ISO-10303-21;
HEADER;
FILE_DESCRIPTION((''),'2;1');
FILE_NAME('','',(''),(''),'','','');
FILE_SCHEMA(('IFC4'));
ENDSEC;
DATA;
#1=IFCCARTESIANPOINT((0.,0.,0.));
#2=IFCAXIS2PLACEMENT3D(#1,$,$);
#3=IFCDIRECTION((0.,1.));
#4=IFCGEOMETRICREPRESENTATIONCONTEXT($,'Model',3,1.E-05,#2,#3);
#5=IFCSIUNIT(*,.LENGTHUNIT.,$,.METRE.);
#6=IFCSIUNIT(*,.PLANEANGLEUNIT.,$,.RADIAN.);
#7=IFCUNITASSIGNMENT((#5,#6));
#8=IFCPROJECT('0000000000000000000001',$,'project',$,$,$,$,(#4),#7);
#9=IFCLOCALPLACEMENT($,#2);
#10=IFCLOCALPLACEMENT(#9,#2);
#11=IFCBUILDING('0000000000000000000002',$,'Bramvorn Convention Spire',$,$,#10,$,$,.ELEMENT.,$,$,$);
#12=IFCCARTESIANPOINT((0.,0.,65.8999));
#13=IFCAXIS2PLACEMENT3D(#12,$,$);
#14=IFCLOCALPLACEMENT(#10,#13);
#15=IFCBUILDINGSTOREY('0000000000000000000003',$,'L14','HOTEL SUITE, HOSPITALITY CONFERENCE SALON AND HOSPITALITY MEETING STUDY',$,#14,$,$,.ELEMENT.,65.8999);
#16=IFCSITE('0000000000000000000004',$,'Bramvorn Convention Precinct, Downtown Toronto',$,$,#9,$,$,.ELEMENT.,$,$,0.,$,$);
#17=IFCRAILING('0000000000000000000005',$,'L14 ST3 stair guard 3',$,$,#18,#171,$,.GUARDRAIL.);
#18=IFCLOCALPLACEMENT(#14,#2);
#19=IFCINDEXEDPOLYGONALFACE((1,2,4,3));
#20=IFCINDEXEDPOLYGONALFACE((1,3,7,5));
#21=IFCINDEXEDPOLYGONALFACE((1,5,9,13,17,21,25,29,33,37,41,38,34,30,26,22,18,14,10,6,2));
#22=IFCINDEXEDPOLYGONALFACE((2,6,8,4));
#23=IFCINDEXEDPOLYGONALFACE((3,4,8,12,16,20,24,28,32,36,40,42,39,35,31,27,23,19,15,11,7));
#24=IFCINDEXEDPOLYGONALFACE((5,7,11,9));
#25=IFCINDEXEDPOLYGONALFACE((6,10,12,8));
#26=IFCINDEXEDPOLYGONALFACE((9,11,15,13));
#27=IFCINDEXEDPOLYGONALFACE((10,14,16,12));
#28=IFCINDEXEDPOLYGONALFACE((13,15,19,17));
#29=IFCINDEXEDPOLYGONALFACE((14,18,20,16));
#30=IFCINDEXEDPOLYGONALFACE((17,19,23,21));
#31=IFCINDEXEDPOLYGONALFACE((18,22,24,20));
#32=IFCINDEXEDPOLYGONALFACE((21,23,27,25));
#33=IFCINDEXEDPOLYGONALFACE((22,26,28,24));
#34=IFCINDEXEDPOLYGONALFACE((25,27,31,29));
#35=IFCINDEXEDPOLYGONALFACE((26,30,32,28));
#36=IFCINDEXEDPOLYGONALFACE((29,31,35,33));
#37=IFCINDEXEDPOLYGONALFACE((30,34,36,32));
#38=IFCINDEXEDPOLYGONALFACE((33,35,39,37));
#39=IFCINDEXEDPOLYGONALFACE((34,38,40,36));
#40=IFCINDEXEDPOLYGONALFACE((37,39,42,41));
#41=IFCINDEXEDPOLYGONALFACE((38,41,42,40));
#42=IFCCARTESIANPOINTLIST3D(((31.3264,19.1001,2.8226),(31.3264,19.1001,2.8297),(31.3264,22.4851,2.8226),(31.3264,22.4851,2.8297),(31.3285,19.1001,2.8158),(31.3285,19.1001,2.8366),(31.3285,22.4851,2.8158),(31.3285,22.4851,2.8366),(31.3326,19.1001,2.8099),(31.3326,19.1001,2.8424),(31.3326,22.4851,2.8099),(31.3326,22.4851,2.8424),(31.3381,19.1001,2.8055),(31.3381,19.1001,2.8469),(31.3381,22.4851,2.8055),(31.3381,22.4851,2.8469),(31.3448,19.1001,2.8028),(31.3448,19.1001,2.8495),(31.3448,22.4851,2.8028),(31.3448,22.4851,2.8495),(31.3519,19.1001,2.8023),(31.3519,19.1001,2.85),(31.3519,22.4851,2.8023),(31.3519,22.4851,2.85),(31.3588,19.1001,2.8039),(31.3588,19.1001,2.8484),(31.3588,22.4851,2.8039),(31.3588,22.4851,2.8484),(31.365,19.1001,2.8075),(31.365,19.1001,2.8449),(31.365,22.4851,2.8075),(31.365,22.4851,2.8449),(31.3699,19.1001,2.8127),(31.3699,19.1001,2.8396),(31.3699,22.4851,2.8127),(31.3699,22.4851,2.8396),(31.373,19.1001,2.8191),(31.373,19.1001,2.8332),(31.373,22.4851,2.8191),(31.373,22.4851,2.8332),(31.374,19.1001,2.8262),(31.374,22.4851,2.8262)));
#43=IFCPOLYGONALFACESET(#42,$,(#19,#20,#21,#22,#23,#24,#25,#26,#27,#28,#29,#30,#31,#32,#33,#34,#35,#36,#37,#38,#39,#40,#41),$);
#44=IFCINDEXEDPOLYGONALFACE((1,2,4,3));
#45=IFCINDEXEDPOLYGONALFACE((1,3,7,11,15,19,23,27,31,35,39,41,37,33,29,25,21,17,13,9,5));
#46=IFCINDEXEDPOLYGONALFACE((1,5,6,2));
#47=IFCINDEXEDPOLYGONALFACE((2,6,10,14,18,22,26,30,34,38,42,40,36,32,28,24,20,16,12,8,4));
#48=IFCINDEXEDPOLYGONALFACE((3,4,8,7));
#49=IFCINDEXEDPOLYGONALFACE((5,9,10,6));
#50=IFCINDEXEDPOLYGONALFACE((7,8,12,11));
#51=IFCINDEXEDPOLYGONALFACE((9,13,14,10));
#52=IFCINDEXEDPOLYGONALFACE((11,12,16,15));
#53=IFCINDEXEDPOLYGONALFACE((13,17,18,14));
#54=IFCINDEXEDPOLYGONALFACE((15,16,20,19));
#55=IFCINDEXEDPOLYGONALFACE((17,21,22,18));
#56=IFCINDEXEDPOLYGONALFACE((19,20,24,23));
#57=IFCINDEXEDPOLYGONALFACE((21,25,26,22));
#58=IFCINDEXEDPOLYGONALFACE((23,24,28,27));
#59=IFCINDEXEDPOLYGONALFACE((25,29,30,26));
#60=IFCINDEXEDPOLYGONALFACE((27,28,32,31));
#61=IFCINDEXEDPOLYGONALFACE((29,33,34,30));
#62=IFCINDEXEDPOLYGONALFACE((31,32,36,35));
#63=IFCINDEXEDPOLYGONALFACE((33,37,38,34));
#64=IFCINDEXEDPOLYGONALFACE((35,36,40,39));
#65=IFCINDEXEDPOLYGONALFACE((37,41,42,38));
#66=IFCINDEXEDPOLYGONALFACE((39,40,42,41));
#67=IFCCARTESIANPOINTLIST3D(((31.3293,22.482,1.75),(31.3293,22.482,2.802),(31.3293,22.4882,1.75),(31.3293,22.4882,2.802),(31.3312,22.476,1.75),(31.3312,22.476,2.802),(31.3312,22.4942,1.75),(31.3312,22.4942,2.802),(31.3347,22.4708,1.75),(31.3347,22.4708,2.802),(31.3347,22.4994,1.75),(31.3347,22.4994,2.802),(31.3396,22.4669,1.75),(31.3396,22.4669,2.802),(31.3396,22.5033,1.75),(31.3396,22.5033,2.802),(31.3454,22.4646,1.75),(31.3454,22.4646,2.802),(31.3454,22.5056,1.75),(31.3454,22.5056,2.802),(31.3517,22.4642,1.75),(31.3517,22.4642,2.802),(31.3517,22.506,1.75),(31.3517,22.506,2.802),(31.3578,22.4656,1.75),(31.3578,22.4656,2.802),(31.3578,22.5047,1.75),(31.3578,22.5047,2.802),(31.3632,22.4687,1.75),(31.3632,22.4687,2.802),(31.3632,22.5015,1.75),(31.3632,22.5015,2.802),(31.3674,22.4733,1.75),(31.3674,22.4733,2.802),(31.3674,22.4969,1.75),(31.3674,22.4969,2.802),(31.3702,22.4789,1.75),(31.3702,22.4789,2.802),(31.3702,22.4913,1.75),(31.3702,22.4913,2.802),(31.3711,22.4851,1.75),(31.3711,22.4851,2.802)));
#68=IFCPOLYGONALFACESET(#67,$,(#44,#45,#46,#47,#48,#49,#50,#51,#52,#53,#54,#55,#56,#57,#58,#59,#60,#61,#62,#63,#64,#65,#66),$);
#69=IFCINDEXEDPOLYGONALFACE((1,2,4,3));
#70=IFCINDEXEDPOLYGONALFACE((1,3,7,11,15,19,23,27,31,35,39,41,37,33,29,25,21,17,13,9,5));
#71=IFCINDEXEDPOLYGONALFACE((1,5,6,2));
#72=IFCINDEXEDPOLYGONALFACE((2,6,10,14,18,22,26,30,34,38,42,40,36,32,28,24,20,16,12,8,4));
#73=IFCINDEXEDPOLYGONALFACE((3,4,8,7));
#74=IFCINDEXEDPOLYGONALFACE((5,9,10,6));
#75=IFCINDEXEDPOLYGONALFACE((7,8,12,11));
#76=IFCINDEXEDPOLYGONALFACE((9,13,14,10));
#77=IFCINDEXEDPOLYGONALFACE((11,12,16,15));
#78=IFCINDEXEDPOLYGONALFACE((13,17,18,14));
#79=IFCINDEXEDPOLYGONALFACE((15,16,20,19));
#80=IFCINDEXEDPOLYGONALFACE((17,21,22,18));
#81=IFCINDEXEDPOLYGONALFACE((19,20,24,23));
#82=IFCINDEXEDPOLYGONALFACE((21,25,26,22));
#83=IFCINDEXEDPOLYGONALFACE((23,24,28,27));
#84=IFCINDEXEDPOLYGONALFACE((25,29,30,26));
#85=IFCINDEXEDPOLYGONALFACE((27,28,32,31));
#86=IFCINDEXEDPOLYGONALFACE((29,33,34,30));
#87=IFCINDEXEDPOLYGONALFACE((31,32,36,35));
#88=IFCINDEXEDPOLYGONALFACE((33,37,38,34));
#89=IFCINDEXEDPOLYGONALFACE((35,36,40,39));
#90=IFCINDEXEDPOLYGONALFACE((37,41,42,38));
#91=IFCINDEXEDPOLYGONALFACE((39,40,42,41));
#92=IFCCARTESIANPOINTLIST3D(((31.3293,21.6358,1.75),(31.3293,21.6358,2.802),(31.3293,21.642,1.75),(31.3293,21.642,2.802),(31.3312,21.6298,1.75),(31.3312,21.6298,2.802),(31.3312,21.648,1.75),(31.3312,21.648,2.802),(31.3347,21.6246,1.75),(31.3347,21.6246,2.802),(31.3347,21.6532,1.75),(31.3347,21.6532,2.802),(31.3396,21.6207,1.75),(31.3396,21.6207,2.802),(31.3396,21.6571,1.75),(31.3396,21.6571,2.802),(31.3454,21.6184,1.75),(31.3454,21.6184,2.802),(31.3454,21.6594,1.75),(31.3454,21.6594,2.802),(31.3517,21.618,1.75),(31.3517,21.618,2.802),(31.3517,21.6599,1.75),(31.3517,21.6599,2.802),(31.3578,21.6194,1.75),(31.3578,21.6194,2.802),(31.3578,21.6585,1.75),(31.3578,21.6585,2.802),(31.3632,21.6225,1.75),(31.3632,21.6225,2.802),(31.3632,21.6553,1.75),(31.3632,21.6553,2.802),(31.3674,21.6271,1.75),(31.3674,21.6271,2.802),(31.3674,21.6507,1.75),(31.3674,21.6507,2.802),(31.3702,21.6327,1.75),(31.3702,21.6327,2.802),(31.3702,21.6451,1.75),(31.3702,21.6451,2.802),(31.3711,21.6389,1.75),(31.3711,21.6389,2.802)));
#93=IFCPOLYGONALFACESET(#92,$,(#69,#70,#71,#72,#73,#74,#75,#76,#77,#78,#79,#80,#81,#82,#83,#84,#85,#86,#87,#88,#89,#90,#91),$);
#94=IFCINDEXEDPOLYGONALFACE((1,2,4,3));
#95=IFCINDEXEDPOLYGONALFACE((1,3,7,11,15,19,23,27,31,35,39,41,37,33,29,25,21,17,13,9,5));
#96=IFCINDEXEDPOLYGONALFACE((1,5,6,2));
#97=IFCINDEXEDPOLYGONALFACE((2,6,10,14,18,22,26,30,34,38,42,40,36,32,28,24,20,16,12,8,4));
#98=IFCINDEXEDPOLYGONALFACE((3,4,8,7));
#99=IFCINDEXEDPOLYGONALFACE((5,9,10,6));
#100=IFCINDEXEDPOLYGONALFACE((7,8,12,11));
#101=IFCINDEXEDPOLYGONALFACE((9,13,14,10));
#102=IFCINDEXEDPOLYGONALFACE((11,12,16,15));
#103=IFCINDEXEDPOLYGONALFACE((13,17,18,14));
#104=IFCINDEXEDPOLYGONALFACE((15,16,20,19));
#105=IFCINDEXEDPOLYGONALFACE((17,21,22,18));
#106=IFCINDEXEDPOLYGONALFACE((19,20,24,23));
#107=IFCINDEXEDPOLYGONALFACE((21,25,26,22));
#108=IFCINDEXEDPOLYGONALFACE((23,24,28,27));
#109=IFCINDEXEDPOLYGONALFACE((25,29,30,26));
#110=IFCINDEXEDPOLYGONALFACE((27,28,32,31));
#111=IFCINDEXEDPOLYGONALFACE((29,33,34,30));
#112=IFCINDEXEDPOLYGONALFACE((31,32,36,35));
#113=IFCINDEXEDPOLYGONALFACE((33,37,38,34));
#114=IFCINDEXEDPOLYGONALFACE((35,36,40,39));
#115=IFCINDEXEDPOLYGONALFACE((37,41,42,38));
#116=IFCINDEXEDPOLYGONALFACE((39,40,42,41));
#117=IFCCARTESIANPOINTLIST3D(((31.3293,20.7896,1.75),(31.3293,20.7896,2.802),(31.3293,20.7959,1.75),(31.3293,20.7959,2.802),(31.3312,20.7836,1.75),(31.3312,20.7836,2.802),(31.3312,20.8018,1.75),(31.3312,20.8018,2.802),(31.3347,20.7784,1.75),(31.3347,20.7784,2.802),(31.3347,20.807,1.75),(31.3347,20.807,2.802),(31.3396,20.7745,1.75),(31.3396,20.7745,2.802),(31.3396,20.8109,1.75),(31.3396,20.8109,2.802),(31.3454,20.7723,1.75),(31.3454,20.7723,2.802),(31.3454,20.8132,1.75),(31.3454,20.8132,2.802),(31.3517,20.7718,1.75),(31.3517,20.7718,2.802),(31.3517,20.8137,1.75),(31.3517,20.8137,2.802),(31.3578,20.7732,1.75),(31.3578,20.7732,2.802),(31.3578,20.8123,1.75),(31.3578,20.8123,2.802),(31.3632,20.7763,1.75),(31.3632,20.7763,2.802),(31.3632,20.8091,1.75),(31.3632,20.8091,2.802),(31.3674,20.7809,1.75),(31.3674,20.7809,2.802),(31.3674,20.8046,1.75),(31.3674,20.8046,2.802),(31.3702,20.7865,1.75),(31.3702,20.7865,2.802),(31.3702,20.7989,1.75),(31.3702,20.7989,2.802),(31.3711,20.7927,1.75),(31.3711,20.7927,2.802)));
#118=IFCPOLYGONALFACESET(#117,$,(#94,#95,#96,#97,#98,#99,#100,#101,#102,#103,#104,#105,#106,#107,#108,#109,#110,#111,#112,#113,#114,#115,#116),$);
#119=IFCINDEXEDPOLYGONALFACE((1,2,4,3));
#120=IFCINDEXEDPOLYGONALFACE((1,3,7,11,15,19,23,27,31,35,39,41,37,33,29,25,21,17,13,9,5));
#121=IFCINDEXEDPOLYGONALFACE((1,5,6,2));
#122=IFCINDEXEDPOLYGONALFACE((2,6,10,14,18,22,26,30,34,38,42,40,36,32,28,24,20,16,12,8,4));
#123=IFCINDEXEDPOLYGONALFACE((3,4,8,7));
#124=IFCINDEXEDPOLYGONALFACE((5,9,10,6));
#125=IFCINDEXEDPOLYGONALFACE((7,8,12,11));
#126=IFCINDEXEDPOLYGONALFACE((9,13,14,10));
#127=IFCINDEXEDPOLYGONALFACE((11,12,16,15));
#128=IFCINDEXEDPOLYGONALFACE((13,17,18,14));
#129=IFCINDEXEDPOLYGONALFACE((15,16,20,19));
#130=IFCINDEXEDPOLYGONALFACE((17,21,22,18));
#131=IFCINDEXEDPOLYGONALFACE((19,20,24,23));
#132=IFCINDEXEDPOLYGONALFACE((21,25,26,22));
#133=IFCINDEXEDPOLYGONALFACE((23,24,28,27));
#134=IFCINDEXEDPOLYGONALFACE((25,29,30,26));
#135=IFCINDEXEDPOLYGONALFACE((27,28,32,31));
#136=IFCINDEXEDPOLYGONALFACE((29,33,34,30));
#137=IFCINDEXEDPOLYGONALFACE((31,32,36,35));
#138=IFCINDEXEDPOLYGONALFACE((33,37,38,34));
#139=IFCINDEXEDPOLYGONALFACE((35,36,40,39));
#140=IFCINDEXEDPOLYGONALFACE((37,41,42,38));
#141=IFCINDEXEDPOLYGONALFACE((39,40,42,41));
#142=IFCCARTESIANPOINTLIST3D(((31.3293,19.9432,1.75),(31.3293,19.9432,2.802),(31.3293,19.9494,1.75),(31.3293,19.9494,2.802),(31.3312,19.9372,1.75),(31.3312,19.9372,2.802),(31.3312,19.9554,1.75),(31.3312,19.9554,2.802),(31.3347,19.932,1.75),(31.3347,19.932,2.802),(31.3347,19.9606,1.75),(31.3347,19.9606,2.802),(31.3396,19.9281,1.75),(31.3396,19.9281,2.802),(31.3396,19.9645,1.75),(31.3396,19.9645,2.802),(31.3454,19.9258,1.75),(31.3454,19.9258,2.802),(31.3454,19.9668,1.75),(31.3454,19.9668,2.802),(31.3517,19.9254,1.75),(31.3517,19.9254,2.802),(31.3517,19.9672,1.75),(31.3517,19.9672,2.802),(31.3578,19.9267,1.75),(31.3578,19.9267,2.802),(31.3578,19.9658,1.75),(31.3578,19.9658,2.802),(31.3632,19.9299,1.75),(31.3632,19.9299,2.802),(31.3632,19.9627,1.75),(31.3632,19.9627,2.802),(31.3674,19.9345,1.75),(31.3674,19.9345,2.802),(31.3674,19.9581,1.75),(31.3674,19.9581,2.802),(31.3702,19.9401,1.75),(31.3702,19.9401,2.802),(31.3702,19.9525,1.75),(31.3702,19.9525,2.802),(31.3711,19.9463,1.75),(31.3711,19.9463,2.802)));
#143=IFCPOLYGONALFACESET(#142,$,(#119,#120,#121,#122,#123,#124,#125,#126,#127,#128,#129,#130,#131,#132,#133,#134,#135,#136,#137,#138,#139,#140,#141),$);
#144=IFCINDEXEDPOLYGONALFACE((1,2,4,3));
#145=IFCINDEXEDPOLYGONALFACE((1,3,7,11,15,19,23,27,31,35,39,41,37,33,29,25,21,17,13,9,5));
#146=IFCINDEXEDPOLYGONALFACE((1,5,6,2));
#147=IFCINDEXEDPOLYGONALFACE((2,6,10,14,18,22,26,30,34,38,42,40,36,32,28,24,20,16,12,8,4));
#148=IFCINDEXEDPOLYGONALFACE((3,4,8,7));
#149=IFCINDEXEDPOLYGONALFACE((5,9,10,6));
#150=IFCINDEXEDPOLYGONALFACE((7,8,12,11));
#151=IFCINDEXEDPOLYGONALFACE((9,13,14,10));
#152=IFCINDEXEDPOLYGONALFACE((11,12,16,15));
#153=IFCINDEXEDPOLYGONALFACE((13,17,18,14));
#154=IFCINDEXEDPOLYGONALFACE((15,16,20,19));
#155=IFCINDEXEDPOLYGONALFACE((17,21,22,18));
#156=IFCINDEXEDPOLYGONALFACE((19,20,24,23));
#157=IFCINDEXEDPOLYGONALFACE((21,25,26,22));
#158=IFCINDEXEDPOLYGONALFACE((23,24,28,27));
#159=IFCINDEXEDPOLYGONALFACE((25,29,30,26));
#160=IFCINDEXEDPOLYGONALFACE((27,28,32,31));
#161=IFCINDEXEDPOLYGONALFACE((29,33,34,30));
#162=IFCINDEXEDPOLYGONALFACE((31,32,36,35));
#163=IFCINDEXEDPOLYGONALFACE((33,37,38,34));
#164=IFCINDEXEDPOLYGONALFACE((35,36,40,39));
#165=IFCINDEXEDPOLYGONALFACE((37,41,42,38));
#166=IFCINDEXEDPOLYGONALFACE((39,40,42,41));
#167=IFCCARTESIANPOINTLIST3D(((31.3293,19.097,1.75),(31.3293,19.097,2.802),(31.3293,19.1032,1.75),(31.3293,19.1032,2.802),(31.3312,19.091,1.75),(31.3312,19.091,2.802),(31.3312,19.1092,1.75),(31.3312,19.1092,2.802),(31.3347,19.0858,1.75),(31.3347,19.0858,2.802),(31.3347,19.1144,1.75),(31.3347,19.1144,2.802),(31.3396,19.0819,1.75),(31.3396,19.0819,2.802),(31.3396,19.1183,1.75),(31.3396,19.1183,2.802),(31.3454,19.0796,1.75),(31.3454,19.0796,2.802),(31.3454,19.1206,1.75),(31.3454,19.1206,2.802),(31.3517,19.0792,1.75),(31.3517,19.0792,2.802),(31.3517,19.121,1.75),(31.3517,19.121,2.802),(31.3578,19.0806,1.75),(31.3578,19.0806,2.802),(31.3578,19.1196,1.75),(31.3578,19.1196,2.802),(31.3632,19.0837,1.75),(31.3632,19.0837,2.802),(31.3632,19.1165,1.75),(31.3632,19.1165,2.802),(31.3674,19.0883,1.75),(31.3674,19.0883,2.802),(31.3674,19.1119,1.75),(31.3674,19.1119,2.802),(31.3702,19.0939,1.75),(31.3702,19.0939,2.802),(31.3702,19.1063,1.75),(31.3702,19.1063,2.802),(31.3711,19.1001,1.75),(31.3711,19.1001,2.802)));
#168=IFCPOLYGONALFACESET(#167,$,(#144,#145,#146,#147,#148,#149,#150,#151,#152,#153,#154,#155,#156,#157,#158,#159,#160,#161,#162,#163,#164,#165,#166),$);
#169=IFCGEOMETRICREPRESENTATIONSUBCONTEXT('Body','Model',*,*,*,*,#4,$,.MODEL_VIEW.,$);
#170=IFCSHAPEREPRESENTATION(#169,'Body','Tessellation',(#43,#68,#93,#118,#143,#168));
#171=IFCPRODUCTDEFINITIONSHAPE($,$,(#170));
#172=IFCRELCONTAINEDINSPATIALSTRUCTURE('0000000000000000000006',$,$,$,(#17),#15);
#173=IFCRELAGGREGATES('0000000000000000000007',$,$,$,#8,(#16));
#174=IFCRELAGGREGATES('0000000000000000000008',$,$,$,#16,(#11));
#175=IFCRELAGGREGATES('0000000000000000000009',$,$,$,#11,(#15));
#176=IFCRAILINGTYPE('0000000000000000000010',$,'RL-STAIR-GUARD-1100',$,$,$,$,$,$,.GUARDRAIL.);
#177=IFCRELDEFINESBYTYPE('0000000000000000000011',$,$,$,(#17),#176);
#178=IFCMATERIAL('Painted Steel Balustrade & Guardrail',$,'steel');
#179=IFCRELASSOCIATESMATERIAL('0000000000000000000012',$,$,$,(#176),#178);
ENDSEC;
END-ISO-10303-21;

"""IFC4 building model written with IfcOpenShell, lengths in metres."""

from ifc_helpers import new_model, si_unit, direction, frame, origin, origin_2d, place, context, subcontext, project, spatial, circle, extrude, material, type_object, element, save


model = new_model("IFC4")

# Units and contexts
model_context = context("Model", 3, precision=1e-05, world=origin(), true_north=direction((0.0, 1.0)))
body_context = subcontext(model_context, "Body", "Model", "MODEL_VIEW")
ifc_project = project(units=[si_unit("LENGTHUNIT", "METRE"), si_unit("PLANEANGLEUNIT", "RADIAN")], contexts=[model_context])

# Site, building, storey
site_placement = place(None, origin())
site = spatial("IfcSite", under=ifc_project, at=site_placement, Name="Bramvorn Convention Precinct, Downtown Toronto", CompositionType="ELEMENT", RefElevation=0.0)
building_placement = place(site_placement, origin())
building = spatial("IfcBuilding", under=site, at=building_placement, Name="Bramvorn Convention Spire", CompositionType="ELEMENT")
storey_placement = place(building_placement, frame((0.0, 0.0, 65.8999)))
storey = spatial("IfcBuildingStorey", under=building, at=storey_placement, Name="L14", Description="HOTEL SUITE, HOSPITALITY CONFERENCE SALON AND HOSPITALITY MEETING STUDY", CompositionType="ELEMENT", Elevation=65.8999)

# Railing
ifc_material_1 = material(Name="Painted Steel Balustrade & Guardrail", Category="steel")
railing_type_1 = type_object("IfcRailingType", Name="RL-STAIR-GUARD-1100", PredefinedType="GUARDRAIL", material=ifc_material_1)
railing_1_placement = place(storey_placement, frame((31.3501, 22.4851, 1.75)))
element("IfcRailing", 1, at=railing_1_placement, inside=storey, type_object=railing_type_1, Name="L14 ST3 stair guard 3", PredefinedType="GUARDRAIL", context=body_context, shape_type="SweptSolid", body=[
    extrude(circle(Radius=0.0239, at=origin_2d()), frame((0.0, 0.0, 1.0762), z_axis=(0.0, -1.0, 0.0), x_axis=(1.0, 0.0, 0.0)), (0.0, 0.0, 1.0), 3.385),
    extrude(circle(Radius=0.021, at=origin_2d()), origin(), (0.0, 0.0, 1.0), 1.052),
    extrude(circle(Radius=0.021, at=origin_2d()), frame((0.0, -0.8462, 0.0)), (0.0, 0.0, 1.0), 1.052),
    extrude(circle(Radius=0.021, at=origin_2d()), frame((0.0, -1.6924, 0.0)), (0.0, 0.0, 1.0), 1.052),
    extrude(circle(Radius=0.021, at=origin_2d()), frame((0.0, -2.5388, 0.0)), (0.0, 0.0, 1.0), 1.052),
    extrude(circle(Radius=0.021, at=origin_2d()), frame((0.0, -3.385, 0.0)), (0.0, 0.0, 1.0), 1.052),
])

save(model, "model.ifc")
